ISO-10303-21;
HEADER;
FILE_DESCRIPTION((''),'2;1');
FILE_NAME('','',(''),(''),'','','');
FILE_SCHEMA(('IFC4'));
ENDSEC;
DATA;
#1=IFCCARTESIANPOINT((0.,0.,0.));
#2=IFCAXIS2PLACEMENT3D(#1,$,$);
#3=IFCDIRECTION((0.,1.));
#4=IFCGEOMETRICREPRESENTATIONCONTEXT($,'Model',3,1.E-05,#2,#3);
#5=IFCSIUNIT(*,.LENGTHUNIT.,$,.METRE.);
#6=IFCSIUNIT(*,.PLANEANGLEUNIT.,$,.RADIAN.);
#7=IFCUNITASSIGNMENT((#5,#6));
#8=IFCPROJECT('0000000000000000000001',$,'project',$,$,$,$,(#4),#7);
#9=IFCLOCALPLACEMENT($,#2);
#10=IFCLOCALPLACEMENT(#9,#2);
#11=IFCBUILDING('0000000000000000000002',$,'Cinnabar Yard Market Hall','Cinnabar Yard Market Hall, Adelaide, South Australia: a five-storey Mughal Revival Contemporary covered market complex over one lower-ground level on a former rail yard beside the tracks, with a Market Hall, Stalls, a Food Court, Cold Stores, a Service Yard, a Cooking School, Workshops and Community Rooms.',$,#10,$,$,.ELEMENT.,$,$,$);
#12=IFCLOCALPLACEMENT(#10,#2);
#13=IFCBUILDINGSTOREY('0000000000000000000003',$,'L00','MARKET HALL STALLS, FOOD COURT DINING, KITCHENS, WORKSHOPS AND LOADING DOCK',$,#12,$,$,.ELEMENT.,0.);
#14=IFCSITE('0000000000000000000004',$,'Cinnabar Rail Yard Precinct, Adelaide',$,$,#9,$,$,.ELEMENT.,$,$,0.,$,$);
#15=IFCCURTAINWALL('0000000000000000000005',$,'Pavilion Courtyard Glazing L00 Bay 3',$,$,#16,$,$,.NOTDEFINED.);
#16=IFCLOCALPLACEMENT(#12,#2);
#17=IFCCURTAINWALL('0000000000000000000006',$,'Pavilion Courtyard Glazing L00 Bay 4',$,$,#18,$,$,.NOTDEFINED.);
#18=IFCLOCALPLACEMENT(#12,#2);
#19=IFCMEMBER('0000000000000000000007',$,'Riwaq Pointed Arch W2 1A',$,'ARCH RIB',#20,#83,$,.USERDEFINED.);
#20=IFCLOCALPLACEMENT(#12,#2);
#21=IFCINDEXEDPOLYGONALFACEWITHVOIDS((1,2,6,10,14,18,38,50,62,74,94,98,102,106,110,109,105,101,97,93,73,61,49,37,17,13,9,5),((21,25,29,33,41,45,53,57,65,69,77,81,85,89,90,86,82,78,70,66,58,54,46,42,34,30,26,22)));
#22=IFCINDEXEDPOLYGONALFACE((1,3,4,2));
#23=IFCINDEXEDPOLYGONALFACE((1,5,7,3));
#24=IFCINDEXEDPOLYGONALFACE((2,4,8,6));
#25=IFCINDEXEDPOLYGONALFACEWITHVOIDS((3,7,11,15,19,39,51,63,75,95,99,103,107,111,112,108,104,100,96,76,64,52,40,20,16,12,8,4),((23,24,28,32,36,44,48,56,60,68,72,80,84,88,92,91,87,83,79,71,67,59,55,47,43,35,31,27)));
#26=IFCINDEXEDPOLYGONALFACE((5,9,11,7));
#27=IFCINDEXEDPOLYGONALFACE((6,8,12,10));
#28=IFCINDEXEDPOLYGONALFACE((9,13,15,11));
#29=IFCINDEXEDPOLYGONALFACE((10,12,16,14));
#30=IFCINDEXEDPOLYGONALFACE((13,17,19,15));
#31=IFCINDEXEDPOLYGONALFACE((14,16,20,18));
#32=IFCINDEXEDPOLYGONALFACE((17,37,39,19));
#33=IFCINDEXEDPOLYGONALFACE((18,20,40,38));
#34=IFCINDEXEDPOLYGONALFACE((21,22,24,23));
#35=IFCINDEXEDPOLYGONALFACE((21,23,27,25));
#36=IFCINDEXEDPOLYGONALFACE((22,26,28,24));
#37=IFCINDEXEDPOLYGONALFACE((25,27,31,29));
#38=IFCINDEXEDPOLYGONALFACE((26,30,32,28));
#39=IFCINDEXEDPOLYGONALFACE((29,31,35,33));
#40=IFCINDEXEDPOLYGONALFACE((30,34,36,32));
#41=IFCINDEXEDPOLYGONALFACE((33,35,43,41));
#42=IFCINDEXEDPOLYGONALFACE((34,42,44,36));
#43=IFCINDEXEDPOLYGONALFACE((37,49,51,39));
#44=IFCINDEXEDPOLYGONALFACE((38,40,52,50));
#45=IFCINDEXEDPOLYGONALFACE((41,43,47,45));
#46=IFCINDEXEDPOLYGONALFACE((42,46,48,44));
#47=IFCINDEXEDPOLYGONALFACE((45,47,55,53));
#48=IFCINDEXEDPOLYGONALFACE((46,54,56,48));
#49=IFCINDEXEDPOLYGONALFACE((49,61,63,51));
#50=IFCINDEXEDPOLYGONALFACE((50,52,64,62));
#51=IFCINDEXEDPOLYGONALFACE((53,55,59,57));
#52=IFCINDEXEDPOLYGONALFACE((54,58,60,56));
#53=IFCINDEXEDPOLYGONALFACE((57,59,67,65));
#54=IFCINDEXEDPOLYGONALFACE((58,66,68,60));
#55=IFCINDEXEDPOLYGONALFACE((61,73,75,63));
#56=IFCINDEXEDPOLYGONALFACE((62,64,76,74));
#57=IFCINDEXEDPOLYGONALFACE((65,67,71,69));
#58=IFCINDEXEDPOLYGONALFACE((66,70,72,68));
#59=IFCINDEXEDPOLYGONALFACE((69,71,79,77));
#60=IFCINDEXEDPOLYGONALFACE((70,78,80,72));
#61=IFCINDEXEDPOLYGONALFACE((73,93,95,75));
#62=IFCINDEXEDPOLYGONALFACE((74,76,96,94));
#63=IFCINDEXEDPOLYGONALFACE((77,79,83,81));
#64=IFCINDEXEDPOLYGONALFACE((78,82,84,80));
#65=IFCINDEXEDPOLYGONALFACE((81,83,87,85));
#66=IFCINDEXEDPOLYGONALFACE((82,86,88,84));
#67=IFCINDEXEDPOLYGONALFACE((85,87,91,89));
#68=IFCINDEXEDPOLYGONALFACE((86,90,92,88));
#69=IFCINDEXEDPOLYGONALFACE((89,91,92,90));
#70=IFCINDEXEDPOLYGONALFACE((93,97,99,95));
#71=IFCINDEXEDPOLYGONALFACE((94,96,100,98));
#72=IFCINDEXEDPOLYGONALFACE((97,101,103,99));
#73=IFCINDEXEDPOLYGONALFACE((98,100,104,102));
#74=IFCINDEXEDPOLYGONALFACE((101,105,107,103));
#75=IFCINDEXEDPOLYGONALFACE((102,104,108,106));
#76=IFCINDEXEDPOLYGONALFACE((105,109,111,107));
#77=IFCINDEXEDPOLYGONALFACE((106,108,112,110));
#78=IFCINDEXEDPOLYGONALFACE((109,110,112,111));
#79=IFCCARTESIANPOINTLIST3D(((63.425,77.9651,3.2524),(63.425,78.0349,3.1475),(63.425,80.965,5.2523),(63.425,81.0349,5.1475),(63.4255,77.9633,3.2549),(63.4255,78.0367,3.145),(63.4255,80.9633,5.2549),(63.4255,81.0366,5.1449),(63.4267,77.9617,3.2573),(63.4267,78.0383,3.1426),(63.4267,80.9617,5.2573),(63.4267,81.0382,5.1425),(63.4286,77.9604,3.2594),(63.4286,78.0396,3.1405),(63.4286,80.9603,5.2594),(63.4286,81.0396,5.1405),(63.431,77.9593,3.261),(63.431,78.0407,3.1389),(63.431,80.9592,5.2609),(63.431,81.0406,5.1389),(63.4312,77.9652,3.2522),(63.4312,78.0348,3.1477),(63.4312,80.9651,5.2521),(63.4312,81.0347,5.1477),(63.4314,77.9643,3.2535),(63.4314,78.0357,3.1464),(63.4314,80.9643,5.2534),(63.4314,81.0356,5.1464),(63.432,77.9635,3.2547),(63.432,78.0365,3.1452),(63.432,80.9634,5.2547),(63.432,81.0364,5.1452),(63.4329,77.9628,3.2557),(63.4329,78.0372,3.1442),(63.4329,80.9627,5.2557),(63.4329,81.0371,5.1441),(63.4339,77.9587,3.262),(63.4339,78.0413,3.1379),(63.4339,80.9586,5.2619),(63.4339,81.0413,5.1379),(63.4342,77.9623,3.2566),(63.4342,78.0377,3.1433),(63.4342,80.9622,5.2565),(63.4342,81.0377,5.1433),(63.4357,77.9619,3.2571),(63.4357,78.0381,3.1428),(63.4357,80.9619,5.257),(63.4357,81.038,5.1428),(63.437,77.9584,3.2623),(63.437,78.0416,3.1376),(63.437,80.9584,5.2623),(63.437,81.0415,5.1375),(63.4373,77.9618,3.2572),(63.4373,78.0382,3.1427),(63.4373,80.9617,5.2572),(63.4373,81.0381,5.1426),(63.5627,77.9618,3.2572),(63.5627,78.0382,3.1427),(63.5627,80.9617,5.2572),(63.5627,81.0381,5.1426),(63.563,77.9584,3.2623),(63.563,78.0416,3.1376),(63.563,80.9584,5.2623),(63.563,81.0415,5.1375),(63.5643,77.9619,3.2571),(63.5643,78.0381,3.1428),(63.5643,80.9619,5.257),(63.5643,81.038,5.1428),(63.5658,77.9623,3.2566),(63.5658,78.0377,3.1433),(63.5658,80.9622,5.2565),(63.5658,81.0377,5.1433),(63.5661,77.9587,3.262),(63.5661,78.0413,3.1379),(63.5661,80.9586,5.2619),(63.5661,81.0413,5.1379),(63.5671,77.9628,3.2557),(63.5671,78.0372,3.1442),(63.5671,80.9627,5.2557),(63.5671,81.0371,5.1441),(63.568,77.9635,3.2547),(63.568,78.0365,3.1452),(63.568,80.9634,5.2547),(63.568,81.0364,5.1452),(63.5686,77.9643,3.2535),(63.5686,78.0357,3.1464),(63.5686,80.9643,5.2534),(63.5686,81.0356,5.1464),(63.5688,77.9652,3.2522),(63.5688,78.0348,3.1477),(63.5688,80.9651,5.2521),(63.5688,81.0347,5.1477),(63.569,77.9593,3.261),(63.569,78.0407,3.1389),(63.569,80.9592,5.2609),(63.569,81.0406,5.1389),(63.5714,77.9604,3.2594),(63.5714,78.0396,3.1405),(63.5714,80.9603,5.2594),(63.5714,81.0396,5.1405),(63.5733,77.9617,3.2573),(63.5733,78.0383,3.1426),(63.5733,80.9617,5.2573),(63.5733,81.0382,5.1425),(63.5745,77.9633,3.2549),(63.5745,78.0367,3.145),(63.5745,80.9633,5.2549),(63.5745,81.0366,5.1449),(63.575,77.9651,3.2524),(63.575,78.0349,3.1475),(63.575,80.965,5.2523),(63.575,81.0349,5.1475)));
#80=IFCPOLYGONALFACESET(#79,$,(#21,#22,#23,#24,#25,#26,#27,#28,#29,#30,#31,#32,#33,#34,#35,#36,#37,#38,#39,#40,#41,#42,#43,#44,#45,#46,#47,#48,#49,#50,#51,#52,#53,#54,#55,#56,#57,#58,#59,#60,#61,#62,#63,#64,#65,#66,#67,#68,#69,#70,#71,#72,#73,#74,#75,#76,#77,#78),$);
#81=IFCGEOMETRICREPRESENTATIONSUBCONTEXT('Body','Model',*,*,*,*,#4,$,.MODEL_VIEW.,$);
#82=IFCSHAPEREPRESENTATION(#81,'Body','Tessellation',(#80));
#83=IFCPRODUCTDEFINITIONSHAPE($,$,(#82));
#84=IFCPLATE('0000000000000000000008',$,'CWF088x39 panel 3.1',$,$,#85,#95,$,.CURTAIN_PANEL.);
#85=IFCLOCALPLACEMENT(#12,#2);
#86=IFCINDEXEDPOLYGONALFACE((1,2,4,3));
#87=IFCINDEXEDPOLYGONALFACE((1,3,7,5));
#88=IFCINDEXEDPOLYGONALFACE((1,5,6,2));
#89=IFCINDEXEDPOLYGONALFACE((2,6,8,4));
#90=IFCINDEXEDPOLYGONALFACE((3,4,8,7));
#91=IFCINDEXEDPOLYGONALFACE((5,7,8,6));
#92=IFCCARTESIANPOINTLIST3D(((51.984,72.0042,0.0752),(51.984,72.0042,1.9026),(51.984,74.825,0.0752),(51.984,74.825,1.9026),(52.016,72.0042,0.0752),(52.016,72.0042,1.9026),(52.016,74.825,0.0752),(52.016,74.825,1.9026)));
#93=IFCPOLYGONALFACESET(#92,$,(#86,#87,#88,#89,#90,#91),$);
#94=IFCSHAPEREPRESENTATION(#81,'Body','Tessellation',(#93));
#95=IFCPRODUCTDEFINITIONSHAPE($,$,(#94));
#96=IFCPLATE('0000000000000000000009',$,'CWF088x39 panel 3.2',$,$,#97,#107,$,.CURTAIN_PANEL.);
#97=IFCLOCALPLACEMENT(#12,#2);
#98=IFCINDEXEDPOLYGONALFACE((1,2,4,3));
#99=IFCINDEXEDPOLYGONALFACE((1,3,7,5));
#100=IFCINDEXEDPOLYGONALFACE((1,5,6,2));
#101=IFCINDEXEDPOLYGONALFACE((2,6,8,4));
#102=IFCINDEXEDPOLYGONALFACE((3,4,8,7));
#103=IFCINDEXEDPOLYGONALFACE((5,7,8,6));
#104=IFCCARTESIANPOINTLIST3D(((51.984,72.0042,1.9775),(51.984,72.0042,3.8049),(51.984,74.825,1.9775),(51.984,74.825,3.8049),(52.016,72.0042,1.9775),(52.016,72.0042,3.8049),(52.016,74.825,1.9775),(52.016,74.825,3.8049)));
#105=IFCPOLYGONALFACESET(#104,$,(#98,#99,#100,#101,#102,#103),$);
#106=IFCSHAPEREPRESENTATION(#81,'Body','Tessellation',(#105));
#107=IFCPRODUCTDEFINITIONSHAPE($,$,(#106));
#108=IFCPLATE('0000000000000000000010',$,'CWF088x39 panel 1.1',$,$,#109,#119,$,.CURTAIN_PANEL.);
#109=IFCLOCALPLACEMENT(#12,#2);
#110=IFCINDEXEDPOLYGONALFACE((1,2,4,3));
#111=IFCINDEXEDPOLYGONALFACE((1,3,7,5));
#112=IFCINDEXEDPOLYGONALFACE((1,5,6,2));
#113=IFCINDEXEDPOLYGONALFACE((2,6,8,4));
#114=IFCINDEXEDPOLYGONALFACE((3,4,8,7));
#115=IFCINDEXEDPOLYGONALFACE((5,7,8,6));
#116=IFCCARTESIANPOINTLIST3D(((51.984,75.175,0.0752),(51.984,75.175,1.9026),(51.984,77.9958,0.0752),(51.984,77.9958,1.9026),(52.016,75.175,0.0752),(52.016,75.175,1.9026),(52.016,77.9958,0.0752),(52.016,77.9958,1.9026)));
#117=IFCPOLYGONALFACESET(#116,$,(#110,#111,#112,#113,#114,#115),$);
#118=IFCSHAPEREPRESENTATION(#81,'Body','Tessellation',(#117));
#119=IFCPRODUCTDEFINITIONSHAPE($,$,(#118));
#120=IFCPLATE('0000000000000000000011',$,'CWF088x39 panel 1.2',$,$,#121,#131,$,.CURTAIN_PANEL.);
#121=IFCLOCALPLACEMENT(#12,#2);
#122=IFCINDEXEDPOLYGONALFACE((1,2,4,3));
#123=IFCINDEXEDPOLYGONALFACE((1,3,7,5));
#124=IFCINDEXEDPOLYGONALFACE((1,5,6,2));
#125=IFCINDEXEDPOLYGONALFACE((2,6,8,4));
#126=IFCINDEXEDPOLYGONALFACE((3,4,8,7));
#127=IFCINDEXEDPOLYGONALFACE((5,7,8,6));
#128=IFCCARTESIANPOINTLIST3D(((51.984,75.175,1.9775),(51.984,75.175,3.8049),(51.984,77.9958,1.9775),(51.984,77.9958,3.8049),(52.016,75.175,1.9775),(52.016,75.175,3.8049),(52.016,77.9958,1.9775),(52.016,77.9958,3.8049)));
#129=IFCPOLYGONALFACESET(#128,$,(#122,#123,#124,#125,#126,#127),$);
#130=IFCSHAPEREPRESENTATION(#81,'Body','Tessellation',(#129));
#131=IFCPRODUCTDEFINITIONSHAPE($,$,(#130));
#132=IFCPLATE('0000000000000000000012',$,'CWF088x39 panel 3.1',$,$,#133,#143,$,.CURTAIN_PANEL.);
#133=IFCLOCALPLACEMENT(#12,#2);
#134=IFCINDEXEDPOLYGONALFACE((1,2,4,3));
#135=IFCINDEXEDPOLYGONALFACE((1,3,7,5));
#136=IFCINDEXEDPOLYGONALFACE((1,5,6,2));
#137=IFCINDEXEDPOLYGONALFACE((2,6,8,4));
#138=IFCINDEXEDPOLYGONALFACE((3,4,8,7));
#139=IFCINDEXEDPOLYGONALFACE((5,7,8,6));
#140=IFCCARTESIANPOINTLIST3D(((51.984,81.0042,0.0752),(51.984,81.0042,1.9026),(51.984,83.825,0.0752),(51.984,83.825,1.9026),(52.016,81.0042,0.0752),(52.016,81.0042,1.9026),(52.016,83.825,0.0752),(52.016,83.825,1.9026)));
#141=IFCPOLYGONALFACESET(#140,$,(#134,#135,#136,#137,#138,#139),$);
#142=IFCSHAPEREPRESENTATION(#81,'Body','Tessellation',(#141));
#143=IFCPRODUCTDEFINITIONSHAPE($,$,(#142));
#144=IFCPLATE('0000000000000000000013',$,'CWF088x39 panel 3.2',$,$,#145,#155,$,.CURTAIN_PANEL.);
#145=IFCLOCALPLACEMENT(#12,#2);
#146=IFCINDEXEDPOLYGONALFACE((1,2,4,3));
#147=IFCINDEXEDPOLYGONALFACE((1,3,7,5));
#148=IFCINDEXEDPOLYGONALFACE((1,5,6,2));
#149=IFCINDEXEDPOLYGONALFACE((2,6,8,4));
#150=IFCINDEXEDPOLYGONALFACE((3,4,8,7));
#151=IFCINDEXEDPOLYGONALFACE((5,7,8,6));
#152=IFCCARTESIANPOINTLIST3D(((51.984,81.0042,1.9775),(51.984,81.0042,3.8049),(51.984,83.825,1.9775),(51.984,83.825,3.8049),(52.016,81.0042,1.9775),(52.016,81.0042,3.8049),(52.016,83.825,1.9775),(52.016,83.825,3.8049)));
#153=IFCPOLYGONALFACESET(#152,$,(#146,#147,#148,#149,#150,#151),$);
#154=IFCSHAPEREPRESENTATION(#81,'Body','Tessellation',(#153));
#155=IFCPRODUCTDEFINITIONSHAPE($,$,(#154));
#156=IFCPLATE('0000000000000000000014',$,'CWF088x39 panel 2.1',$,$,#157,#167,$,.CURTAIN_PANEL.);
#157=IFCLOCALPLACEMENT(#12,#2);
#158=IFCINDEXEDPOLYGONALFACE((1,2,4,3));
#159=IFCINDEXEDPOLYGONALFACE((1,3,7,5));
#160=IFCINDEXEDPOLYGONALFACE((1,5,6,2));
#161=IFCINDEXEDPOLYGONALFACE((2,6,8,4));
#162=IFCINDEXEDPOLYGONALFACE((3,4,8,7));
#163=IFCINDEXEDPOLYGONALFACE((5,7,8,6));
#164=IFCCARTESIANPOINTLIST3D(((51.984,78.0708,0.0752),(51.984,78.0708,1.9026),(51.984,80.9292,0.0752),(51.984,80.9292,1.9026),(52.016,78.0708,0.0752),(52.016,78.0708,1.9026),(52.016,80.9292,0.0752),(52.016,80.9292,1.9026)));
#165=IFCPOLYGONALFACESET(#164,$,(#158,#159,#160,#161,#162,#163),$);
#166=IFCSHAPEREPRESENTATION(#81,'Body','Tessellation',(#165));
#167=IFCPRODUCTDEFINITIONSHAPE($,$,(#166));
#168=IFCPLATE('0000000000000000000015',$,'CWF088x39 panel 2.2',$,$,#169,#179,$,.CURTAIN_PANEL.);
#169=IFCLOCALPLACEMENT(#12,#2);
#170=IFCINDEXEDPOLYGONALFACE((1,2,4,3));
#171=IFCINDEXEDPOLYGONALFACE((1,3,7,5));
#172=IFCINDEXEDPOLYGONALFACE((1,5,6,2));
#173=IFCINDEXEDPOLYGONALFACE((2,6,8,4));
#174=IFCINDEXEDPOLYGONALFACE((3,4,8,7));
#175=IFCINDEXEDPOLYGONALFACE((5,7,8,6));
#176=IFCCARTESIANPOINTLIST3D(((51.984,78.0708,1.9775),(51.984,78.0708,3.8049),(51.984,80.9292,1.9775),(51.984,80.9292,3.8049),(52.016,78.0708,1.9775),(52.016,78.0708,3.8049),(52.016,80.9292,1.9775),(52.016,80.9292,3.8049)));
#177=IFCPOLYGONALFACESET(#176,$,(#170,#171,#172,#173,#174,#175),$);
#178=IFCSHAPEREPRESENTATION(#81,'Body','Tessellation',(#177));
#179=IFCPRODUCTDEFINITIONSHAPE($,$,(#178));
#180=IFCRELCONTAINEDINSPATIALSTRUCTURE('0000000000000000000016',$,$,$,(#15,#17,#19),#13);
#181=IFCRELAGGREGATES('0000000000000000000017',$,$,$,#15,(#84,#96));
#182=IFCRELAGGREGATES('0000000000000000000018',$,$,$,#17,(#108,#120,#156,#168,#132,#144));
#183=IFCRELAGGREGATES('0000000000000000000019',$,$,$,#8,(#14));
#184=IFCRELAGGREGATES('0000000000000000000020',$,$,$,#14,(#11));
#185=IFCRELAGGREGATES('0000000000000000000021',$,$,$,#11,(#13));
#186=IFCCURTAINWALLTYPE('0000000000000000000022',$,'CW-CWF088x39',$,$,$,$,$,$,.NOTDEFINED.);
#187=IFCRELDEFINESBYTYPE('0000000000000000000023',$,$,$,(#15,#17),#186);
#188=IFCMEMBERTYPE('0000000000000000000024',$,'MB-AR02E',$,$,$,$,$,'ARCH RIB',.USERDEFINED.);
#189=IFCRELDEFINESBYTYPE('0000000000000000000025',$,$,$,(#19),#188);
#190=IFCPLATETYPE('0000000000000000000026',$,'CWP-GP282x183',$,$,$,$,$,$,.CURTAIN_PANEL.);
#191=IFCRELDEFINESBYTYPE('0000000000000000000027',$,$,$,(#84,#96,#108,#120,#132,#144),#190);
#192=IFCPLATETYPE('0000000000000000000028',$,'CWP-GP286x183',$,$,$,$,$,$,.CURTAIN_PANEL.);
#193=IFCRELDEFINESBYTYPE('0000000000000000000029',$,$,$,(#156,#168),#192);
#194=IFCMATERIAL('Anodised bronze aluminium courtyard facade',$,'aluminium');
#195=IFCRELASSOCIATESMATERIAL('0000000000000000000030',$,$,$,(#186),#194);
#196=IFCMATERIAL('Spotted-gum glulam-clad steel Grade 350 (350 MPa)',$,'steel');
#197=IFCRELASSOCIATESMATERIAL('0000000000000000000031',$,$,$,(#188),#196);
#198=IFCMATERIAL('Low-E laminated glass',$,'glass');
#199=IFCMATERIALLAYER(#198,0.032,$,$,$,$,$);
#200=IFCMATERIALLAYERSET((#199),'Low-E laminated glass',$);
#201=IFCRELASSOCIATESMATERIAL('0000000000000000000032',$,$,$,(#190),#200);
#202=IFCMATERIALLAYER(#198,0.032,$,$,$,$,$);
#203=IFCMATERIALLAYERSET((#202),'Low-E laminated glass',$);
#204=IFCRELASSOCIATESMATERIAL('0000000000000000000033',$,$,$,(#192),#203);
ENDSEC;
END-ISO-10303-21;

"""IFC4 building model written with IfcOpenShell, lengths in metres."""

from ifc_helpers import new_model, si_unit, direction, frame, origin, origin_2d_with_axis, place, context, subcontext, project, spatial, rectangle, hollow_rectangle, extrude, material, layer, layer_set, material_profile, profile_set, type_object, element, aggregate, save


model = new_model("IFC4")

# Units and contexts
model_context = context("Model", 3, precision=1e-05, world=origin(), true_north=direction((0.0, 1.0)))
body_context = subcontext(model_context, "Body", "Model", "MODEL_VIEW")
ifc_project = project(units=[si_unit("LENGTHUNIT", "METRE"), si_unit("PLANEANGLEUNIT", "RADIAN")], contexts=[model_context])

# Site, building, storey
site_placement = place(None, origin())
site = spatial("IfcSite", under=ifc_project, at=site_placement, Name="Cinnabar Rail Yard Precinct, Adelaide", CompositionType="ELEMENT", RefElevation=0.0)
building_placement = place(site_placement, origin())
building = spatial("IfcBuilding", under=site, at=building_placement, Name="Cinnabar Yard Market Hall", Description="Cinnabar Yard Market Hall, Adelaide, South Australia: a five-storey Mughal Revival Contemporary covered market complex over one lower-ground level on a former rail yard beside the tracks, with a Market Hall, Stalls, a Food Court, Cold Stores, a Service Yard, a Cooking School, Workshops and Community Rooms.", CompositionType="ELEMENT")
storey_placement = place(building_placement, origin())
storey = spatial("IfcBuildingStorey", under=building, at=storey_placement, Name="L00", Description="MARKET HALL STALLS, FOOD COURT DINING, KITCHENS, WORKSHOPS AND LOADING DOCK", CompositionType="ELEMENT", Elevation=0.0)

# Shared definitions
ifc_material_1 = material(Name="Spotted-gum glulam-clad steel Grade 350 (350 MPa)", Category="steel")

# Curtain wall
ifc_material_2 = material(Name="Anodised bronze aluminium courtyard facade", Category="aluminium")
curtain_wall_type = type_object("IfcCurtainWallType", Name="CW-CWF088x39", PredefinedType="NOTDEFINED", material=ifc_material_2)
curtain_wall_1_placement = place(storey_placement, origin())
curtain_wall_1 = element("IfcCurtainWall", 1, at=curtain_wall_1_placement, inside=storey, type_object=curtain_wall_type, Name="Pavilion Courtyard Glazing L00 Bay 3", PredefinedType="NOTDEFINED")

# Curtain wall
curtain_wall_2_placement = place(storey_placement, origin())
curtain_wall_2 = element("IfcCurtainWall", 2, at=curtain_wall_2_placement, inside=storey, type_object=curtain_wall_type, Name="Pavilion Courtyard Glazing L00 Bay 4", PredefinedType="NOTDEFINED")

# Member
ifc_material_profile_1 = material_profile(ifc_material_1, hollow_rectangle(XDim=0.1499, YDim=0.1499, WallThickness=0.0061, InnerFilletRadius=0.0061, OuterFilletRadius=0.012, at=origin_2d_with_axis()), Name="150x150x6.0SHS")
ifc_profile_set_1 = profile_set([ifc_material_profile_1], Name="Spotted-gum glulam-clad steel Grade 350 (350 MPa)")
member_type_1 = type_object("IfcMemberType", Name="MB-AR02E", ElementType="ARCH RIB", PredefinedType="USERDEFINED", material=ifc_profile_set_1)
for number, where, z_axis, x_axis, name in (
    (3, (63.5, 78.0, 3.2), (0.0, 0.83205, 0.5547), (-1.0, 0.0, 0.0), "Riwaq Pointed Arch W2 1A"),
):
    element("IfcMember", number, at=place(storey_placement, frame(where, z_axis=z_axis, x_axis=x_axis)), inside=storey, type_object=member_type_1, Name=name, ObjectType="ARCH RIB", PredefinedType="USERDEFINED", context=body_context, shape_type="SweptSolid", body=[
        extrude(hollow_rectangle(XDim=0.1499, YDim=0.1499, WallThickness=0.0061, InnerFilletRadius=0.0061, OuterFilletRadius=0.012, at=origin_2d_with_axis()), origin(), (0.0, 0.0, 1.0), 3.6055),
    ])

# Plates
ifc_material_3 = material(Name="Low-E laminated glass", Category="glass")
ifc_layer_1 = layer(ifc_material_3, 0.032)
ifc_layer_set_1 = layer_set([ifc_layer_1], Name="Low-E laminated glass")
plate_type_1 = type_object("IfcPlateType", Name="CWP-GP282x183", PredefinedType="CURTAIN_PANEL", material=ifc_layer_set_1)
plate_1_placement = place(storey_placement, frame((52.0, 73.4146, 0.0752), z_axis=(0.0, 0.0, 1.0), x_axis=(0.0, 1.0, 0.0)))
plate_1 = element("IfcPlate", 4, at=plate_1_placement, type_object=plate_type_1, Name="CWF088x39 panel 3.1", PredefinedType="CURTAIN_PANEL", context=body_context, shape_type="SweptSolid", body=[
    extrude(rectangle(XDim=2.8208, YDim=0.032, at=origin_2d_with_axis()), origin(), (0.0, 0.0, 1.0), 1.8274),
])
plate_2_placement = place(storey_placement, frame((52.0, 73.4146, 1.9775), z_axis=(0.0, 0.0, 1.0), x_axis=(0.0, 1.0, 0.0)))
plate_2 = element("IfcPlate", 5, at=plate_2_placement, type_object=plate_type_1, Name="CWF088x39 panel 3.2", PredefinedType="CURTAIN_PANEL", context=body_context, shape_type="SweptSolid", body=[
    extrude(rectangle(XDim=2.8208, YDim=0.032, at=origin_2d_with_axis()), origin(), (0.0, 0.0, 1.0), 1.8274),
])
aggregate(curtain_wall_1, [plate_1, plate_2])
plate_3_placement = place(storey_placement, frame((52.0, 76.5854, 0.0752), z_axis=(0.0, 0.0, 1.0), x_axis=(0.0, 1.0, 0.0)))
plate_3 = element("IfcPlate", 6, at=plate_3_placement, type_object=plate_type_1, Name="CWF088x39 panel 1.1", PredefinedType="CURTAIN_PANEL", context=body_context, shape_type="SweptSolid", body=[
    extrude(rectangle(XDim=2.8208, YDim=0.032, at=origin_2d_with_axis()), origin(), (0.0, 0.0, 1.0), 1.8274),
])
plate_4_placement = place(storey_placement, frame((52.0, 76.5854, 1.9775), z_axis=(0.0, 0.0, 1.0), x_axis=(0.0, 1.0, 0.0)))
plate_4 = element("IfcPlate", 7, at=plate_4_placement, type_object=plate_type_1, Name="CWF088x39 panel 1.2", PredefinedType="CURTAIN_PANEL", context=body_context, shape_type="SweptSolid", body=[
    extrude(rectangle(XDim=2.8208, YDim=0.032, at=origin_2d_with_axis()), origin(), (0.0, 0.0, 1.0), 1.8274),
])
plate_5_placement = place(storey_placement, frame((52.0, 82.4146, 0.0752), z_axis=(0.0, 0.0, 1.0), x_axis=(0.0, 1.0, 0.0)))
plate_5 = element("IfcPlate", 8, at=plate_5_placement, type_object=plate_type_1, Name="CWF088x39 panel 3.1", PredefinedType="CURTAIN_PANEL", context=body_context, shape_type="SweptSolid", body=[
    extrude(rectangle(XDim=2.8208, YDim=0.032, at=origin_2d_with_axis()), origin(), (0.0, 0.0, 1.0), 1.8274),
])
plate_6_placement = place(storey_placement, frame((52.0, 82.4146, 1.9775), z_axis=(0.0, 0.0, 1.0), x_axis=(0.0, 1.0, 0.0)))
plate_6 = element("IfcPlate", 9, at=plate_6_placement, type_object=plate_type_1, Name="CWF088x39 panel 3.2", PredefinedType="CURTAIN_PANEL", context=body_context, shape_type="SweptSolid", body=[
    extrude(rectangle(XDim=2.8208, YDim=0.032, at=origin_2d_with_axis()), origin(), (0.0, 0.0, 1.0), 1.8274),
])
ifc_layer_2 = layer(ifc_material_3, 0.032)
ifc_layer_set_2 = layer_set([ifc_layer_2], Name="Low-E laminated glass")
plate_type_2 = type_object("IfcPlateType", Name="CWP-GP286x183", PredefinedType="CURTAIN_PANEL", material=ifc_layer_set_2)
plate_7_placement = place(storey_placement, frame((52.0, 79.5, 0.0752), z_axis=(0.0, 0.0, 1.0), x_axis=(0.0, 1.0, 0.0)))
plate_7 = element("IfcPlate", 10, at=plate_7_placement, type_object=plate_type_2, Name="CWF088x39 panel 2.1", PredefinedType="CURTAIN_PANEL", context=body_context, shape_type="SweptSolid", body=[
    extrude(rectangle(XDim=2.8584, YDim=0.032, at=origin_2d_with_axis()), origin(), (0.0, 0.0, 1.0), 1.8274),
])
plate_8_placement = place(storey_placement, frame((52.0, 79.5, 1.9775), z_axis=(0.0, 0.0, 1.0), x_axis=(0.0, 1.0, 0.0)))
plate_8 = element("IfcPlate", 11, at=plate_8_placement, type_object=plate_type_2, Name="CWF088x39 panel 2.2", PredefinedType="CURTAIN_PANEL", context=body_context, shape_type="SweptSolid", body=[
    extrude(rectangle(XDim=2.8584, YDim=0.032, at=origin_2d_with_axis()), origin(), (0.0, 0.0, 1.0), 1.8274),
])
aggregate(curtain_wall_2, [plate_3, plate_4, plate_7, plate_8, plate_5, plate_6])

save(model, "model.ifc")
